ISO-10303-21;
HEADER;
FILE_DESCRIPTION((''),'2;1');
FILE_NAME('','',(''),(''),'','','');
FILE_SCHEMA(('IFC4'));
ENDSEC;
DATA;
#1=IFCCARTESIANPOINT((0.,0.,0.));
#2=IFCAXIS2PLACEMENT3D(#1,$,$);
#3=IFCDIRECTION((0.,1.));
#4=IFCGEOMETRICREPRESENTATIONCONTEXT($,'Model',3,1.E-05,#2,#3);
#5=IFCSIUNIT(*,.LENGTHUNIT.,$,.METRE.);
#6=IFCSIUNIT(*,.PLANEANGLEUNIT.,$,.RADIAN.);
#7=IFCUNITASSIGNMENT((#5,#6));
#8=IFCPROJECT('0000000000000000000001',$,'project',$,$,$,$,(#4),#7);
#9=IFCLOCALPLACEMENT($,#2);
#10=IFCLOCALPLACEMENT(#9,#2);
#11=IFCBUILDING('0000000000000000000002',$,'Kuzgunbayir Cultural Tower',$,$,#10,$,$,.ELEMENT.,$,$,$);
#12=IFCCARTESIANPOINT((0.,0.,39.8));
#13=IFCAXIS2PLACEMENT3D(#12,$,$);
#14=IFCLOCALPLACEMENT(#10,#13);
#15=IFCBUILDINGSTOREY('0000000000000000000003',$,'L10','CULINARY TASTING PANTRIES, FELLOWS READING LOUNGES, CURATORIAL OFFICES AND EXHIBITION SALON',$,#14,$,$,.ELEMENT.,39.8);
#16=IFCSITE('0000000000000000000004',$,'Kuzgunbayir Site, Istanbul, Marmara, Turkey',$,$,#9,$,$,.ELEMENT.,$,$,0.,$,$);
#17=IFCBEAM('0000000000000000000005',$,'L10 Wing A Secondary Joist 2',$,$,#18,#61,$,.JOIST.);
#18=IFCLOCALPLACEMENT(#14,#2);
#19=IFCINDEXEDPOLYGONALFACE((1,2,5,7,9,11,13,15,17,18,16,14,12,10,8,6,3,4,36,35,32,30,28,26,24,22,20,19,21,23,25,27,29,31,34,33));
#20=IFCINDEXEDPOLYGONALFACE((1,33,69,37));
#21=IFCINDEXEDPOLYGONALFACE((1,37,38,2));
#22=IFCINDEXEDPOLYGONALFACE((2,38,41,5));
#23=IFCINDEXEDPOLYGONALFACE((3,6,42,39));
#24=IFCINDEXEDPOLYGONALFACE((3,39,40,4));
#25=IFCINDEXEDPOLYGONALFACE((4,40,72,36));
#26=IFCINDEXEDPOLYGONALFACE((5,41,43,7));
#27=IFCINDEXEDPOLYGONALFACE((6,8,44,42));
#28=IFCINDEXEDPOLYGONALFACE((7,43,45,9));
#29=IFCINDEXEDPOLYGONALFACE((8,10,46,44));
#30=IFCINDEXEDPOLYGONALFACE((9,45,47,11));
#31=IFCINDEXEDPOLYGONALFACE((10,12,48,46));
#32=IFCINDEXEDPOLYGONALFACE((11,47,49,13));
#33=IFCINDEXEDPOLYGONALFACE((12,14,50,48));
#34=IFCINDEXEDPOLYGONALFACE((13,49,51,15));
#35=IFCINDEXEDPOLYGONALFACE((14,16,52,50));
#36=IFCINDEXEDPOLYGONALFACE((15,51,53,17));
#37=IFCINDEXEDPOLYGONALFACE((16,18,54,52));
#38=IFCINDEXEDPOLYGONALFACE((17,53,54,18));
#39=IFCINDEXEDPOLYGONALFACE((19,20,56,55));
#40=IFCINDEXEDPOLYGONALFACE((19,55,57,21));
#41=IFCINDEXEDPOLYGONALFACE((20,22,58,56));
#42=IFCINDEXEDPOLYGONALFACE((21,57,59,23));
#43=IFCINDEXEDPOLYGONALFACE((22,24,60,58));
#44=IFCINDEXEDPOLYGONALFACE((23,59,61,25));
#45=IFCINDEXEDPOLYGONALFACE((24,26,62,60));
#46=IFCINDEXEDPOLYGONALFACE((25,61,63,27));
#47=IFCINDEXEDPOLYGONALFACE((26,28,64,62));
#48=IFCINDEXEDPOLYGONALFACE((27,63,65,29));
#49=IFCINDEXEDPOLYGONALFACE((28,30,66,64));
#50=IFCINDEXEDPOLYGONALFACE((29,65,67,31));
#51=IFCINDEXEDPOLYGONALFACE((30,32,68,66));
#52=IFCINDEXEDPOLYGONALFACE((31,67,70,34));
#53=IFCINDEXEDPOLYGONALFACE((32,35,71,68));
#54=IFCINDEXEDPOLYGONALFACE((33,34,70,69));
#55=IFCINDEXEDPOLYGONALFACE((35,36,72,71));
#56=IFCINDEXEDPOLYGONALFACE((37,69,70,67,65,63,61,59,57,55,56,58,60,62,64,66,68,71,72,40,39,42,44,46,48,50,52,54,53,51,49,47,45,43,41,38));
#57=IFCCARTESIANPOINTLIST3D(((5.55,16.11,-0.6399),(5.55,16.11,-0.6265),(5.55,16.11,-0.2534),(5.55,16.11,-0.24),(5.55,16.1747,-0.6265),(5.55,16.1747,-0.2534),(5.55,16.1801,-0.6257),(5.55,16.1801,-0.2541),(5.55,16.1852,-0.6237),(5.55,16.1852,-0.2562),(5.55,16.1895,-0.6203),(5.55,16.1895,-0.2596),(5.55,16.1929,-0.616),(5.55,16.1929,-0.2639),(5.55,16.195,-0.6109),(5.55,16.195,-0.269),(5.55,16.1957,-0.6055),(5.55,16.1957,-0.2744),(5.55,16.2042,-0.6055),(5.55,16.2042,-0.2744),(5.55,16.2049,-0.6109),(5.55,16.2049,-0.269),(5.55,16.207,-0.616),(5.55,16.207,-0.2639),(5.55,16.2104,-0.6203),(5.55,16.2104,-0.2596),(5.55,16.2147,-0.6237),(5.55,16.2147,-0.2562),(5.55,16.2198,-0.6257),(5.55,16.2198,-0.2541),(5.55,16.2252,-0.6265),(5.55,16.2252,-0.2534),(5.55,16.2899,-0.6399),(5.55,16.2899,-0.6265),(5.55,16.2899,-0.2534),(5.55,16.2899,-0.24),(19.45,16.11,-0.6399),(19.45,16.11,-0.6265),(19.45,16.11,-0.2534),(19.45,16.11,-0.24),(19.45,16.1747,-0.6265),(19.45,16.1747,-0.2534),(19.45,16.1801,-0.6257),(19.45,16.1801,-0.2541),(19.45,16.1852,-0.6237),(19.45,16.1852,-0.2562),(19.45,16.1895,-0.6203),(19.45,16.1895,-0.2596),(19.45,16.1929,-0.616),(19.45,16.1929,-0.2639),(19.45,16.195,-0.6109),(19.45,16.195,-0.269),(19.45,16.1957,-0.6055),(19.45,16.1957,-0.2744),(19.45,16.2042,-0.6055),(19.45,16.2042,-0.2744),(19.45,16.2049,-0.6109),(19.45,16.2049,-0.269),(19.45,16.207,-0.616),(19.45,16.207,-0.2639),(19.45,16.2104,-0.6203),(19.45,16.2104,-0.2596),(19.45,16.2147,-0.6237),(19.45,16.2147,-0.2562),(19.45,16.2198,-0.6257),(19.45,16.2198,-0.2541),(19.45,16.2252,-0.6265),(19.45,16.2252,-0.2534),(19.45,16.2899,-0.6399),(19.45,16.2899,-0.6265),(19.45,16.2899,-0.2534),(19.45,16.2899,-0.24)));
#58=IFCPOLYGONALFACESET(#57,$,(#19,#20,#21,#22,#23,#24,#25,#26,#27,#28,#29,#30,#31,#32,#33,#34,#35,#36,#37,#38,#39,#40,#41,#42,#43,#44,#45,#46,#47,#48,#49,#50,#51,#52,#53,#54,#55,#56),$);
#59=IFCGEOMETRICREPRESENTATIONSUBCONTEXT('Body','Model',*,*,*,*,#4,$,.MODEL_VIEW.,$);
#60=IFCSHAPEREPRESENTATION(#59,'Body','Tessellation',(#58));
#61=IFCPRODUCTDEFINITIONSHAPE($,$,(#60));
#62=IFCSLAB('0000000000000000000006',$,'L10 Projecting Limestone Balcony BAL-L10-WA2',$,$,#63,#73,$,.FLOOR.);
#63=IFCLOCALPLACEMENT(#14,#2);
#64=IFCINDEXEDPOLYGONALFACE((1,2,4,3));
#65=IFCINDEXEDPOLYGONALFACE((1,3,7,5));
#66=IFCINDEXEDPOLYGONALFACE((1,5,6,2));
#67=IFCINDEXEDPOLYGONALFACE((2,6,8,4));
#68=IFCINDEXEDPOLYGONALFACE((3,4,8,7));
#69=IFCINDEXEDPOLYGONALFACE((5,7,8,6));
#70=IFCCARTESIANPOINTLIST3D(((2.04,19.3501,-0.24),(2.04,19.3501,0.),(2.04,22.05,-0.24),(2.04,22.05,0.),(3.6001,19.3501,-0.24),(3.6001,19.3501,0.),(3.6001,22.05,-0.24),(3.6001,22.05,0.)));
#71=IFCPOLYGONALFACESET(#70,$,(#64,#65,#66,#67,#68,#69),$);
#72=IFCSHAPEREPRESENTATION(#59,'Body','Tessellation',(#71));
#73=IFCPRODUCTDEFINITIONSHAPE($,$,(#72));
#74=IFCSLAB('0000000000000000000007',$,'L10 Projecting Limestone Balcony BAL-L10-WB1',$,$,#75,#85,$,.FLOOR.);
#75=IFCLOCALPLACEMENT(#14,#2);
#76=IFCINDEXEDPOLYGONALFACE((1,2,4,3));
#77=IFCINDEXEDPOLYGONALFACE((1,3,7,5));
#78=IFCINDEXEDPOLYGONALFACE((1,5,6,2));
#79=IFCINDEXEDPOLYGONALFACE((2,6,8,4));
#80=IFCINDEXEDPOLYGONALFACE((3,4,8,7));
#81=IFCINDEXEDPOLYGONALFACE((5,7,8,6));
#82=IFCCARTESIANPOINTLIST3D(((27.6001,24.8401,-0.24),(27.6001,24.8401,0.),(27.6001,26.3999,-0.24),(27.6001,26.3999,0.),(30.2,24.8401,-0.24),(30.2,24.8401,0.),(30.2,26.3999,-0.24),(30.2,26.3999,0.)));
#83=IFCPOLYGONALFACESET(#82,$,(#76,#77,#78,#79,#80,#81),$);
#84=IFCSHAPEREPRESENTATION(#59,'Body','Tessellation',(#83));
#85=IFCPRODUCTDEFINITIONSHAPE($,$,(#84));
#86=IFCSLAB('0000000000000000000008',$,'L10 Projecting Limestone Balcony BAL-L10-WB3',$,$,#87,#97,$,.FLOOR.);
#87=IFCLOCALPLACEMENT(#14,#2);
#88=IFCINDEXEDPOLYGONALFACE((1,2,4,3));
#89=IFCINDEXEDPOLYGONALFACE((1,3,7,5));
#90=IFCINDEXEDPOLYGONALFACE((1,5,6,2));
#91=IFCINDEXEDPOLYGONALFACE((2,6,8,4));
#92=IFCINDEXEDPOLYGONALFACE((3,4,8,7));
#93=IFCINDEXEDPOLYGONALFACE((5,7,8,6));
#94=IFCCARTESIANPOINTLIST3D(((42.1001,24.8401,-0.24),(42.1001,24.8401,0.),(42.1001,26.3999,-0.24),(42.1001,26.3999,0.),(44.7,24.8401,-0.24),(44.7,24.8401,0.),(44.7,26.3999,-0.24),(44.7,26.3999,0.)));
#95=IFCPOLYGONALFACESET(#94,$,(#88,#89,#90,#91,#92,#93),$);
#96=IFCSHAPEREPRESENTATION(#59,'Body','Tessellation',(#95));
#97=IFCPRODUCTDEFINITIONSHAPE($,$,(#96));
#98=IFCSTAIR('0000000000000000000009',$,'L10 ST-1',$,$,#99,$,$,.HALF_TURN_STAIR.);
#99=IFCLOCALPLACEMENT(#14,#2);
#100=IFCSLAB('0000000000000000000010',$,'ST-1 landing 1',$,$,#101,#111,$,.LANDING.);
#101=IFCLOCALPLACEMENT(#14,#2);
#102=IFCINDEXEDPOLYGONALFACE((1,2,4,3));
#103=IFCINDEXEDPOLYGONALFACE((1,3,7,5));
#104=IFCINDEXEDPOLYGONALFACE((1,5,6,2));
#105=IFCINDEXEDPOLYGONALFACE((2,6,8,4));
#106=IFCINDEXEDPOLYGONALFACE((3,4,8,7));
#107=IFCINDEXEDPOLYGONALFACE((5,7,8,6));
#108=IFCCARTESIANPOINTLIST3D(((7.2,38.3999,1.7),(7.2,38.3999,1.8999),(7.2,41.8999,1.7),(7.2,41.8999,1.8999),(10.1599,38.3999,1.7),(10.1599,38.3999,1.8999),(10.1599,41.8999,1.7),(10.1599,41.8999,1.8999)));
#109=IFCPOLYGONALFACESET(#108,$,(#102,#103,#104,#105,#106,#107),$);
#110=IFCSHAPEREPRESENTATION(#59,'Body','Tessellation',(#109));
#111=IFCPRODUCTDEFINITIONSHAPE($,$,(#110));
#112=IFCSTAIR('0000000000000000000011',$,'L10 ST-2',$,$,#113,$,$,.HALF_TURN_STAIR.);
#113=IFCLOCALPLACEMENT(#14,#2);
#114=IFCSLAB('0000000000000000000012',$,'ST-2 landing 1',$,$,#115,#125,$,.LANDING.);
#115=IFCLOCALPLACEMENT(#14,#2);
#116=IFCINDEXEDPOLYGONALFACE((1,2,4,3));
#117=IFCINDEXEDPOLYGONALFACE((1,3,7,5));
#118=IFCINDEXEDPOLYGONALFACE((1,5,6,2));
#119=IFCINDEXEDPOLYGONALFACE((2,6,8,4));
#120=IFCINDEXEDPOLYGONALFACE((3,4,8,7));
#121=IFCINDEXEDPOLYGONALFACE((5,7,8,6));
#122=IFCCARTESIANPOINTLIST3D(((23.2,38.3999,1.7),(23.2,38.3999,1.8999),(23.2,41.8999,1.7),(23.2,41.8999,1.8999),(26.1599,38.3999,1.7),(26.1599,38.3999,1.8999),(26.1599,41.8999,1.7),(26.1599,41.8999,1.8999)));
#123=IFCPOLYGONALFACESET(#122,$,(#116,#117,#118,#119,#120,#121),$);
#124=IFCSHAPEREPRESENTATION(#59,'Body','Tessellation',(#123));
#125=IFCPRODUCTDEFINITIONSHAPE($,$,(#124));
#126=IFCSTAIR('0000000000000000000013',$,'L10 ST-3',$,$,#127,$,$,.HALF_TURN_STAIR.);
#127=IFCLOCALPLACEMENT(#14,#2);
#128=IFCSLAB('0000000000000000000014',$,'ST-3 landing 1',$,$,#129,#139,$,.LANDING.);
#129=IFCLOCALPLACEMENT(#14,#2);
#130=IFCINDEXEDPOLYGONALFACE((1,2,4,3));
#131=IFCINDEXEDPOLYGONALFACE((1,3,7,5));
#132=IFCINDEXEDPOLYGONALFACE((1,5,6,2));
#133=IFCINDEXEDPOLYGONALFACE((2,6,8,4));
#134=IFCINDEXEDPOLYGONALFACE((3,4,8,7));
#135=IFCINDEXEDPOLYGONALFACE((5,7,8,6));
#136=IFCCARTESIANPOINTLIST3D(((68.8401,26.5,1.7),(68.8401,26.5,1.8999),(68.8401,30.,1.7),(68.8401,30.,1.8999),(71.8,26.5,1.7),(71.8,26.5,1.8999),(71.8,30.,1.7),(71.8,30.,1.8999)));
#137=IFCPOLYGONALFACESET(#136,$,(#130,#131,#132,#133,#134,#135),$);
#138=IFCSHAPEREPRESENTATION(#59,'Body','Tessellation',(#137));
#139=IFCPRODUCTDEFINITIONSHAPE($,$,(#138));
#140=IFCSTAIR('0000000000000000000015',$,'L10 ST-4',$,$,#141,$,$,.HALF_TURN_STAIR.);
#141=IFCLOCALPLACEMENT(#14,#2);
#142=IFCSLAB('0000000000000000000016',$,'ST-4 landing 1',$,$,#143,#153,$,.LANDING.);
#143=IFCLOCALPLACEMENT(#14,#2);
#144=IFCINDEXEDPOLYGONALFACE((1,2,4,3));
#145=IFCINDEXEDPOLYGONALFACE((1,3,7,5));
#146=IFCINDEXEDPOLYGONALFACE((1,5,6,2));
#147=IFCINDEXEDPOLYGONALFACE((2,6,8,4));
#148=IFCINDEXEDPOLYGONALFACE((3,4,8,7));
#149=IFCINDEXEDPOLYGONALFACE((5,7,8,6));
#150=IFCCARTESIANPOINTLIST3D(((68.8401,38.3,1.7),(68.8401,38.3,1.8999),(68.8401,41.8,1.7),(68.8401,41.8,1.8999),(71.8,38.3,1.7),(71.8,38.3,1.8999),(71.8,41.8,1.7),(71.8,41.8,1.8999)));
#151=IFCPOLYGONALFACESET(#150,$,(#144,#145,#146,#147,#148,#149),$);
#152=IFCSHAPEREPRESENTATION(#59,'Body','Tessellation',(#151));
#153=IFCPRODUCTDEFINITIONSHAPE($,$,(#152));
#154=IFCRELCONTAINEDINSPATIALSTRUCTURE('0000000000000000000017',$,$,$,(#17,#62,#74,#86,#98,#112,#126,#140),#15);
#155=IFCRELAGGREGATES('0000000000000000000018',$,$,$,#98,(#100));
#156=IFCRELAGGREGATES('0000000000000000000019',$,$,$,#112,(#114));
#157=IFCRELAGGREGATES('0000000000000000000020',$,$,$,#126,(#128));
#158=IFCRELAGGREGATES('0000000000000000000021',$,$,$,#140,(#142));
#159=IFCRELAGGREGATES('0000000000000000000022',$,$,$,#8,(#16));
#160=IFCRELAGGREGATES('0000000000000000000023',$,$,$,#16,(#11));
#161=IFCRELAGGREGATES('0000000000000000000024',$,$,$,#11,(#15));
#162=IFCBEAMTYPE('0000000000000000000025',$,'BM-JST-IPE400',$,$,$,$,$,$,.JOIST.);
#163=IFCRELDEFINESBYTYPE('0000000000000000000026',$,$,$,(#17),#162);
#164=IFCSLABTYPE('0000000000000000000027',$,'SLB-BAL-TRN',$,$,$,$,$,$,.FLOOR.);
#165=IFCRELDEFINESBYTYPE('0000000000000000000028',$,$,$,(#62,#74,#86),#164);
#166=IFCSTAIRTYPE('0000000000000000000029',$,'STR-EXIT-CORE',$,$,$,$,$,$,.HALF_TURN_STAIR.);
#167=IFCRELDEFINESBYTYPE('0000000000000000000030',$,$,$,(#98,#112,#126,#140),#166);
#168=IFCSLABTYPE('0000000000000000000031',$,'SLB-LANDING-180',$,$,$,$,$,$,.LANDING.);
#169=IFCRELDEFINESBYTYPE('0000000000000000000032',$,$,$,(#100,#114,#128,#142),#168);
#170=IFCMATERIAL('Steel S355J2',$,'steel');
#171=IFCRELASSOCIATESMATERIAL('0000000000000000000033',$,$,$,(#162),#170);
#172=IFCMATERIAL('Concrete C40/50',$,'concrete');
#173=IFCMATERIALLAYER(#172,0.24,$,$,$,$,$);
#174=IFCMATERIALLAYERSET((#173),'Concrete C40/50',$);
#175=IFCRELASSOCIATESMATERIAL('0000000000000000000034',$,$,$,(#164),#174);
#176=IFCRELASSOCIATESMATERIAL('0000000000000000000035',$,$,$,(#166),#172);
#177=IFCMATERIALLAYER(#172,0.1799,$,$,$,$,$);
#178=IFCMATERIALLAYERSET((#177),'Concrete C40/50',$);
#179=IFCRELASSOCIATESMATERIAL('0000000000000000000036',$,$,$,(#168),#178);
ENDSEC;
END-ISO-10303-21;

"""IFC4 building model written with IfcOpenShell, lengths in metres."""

from ifc_helpers import new_model, si_unit, direction, frame, origin, origin_2d, place, context, subcontext, project, spatial, polyline, i_section, outline, extrude, material, layer, layer_set, material_profile, profile_set, type_object, element, aggregate, save


model = new_model("IFC4")

# Units and contexts
model_context = context("Model", 3, precision=1e-05, world=origin(), true_north=direction((0.0, 1.0)))
body_context = subcontext(model_context, "Body", "Model", "MODEL_VIEW")
ifc_project = project(units=[si_unit("LENGTHUNIT", "METRE"), si_unit("PLANEANGLEUNIT", "RADIAN")], contexts=[model_context])

# Site, building, storey
site_placement = place(None, origin())
site = spatial("IfcSite", under=ifc_project, at=site_placement, Name="Kuzgunbayir Site, Istanbul, Marmara, Turkey", CompositionType="ELEMENT", RefElevation=0.0)
building_placement = place(site_placement, origin())
building = spatial("IfcBuilding", under=site, at=building_placement, Name="Kuzgunbayir Cultural Tower", CompositionType="ELEMENT")
storey_placement = place(building_placement, frame((0.0, 0.0, 39.8)))
storey = spatial("IfcBuildingStorey", under=building, at=storey_placement, Name="L10", Description="CULINARY TASTING PANTRIES, FELLOWS READING LOUNGES, CURATORIAL OFFICES AND EXHIBITION SALON", CompositionType="ELEMENT", Elevation=39.8)

# Beam
ifc_material_1 = material(Name="Steel S355J2", Category="steel")
ifc_material_profile_1 = material_profile(ifc_material_1, i_section(OverallWidth=0.1799, OverallDepth=0.3999, WebThickness=0.0085, FlangeThickness=0.0134, FilletRadius=0.021, at=origin_2d()), Name="IPE 400")
ifc_profile_set_1 = profile_set([ifc_material_profile_1], Name="Steel S355J2")
beam_type_1 = type_object("IfcBeamType", Name="BM-JST-IPE400", PredefinedType="JOIST", material=ifc_profile_set_1)
for number, where, z_axis, x_axis, name in (
    (1, (5.55, 16.2, -0.4399), (1.0, 0.0, 0.0), (0.0, 1.0, 0.0), "L10 Wing A Secondary Joist 2"),
):
    element("IfcBeam", number, at=place(storey_placement, frame(where, z_axis=z_axis, x_axis=x_axis)), inside=storey, type_object=beam_type_1, Name=name, PredefinedType="JOIST", context=body_context, shape_type="SweptSolid", body=[
        extrude(i_section(OverallWidth=0.1799, OverallDepth=0.3999, WebThickness=0.0085, FlangeThickness=0.0134, FilletRadius=0.021, at=origin_2d()), origin(), (0.0, 0.0, 1.0), 13.8999),
    ])

# Slabs
ifc_material_2 = material(Name="Concrete C40/50", Category="concrete")
ifc_layer_1 = layer(ifc_material_2, 0.24)
ifc_layer_set_1 = layer_set([ifc_layer_1], Name="Concrete C40/50")
slab_type_1 = type_object("IfcSlabType", Name="SLB-BAL-TRN", PredefinedType="FLOOR", material=ifc_layer_set_1)
slab_1_placement = place(storey_placement, frame((0.0, 0.0, -0.24)))
element("IfcSlab", 2, at=slab_1_placement, inside=storey, type_object=slab_type_1, Name="L10 Projecting Limestone Balcony BAL-L10-WA2", PredefinedType="FLOOR", context=body_context, shape_type="SweptSolid", body=[
    extrude(outline(polyline([(2.04, 19.3501), (3.6001, 19.3501), (3.6001, 22.05), (2.04, 22.05), (2.04, 19.3501)])), origin(), (0.0, 0.0, 1.0), 0.24),
])
slab_2_placement = place(storey_placement, frame((0.0, 0.0, -0.24)))
element("IfcSlab", 3, at=slab_2_placement, inside=storey, type_object=slab_type_1, Name="L10 Projecting Limestone Balcony BAL-L10-WB1", PredefinedType="FLOOR", context=body_context, shape_type="SweptSolid", body=[
    extrude(outline(polyline([(27.6001, 24.8401), (30.2, 24.8401), (30.2, 26.3999), (27.6001, 26.3999), (27.6001, 24.8401)])), origin(), (0.0, 0.0, 1.0), 0.24),
])
slab_3_placement = place(storey_placement, frame((0.0, 0.0, -0.24)))
element("IfcSlab", 4, at=slab_3_placement, inside=storey, type_object=slab_type_1, Name="L10 Projecting Limestone Balcony BAL-L10-WB3", PredefinedType="FLOOR", context=body_context, shape_type="SweptSolid", body=[
    extrude(outline(polyline([(42.1001, 24.8401), (44.7, 24.8401), (44.7, 26.3999), (42.1001, 26.3999), (42.1001, 24.8401)])), origin(), (0.0, 0.0, 1.0), 0.24),
])

# Stairs, slabs
stair_type = type_object("IfcStairType", Name="STR-EXIT-CORE", PredefinedType="HALF_TURN_STAIR", material=ifc_material_2)
stair_1_placement = place(storey_placement, origin())
stair_1 = element("IfcStair", 5, at=stair_1_placement, inside=storey, type_object=stair_type, Name="L10 ST-1", PredefinedType="HALF_TURN_STAIR")
ifc_layer_2 = layer(ifc_material_2, 0.1799)
ifc_layer_set_2 = layer_set([ifc_layer_2], Name="Concrete C40/50")
slab_type_2 = type_object("IfcSlabType", Name="SLB-LANDING-180", PredefinedType="LANDING", material=ifc_layer_set_2)
slab_4_placement = place(storey_placement, frame((0.0, 0.0, 1.7)))
slab_4 = element("IfcSlab", 6, at=slab_4_placement, type_object=slab_type_2, Name="ST-1 landing 1", PredefinedType="LANDING", context=body_context, shape_type="SweptSolid", body=[
    extrude(outline(polyline([(10.1599, 38.3999), (10.1599, 41.8999), (7.2, 41.8999), (7.2, 38.3999), (10.1599, 38.3999)])), origin(), (0.0, 0.0, 1.0), 0.2),
])
aggregate(stair_1, [slab_4])
stair_2_placement = place(storey_placement, origin())
stair_2 = element("IfcStair", 7, at=stair_2_placement, inside=storey, type_object=stair_type, Name="L10 ST-2", PredefinedType="HALF_TURN_STAIR")
slab_5_placement = place(storey_placement, frame((0.0, 0.0, 1.7)))
slab_5 = element("IfcSlab", 8, at=slab_5_placement, type_object=slab_type_2, Name="ST-2 landing 1", PredefinedType="LANDING", context=body_context, shape_type="SweptSolid", body=[
    extrude(outline(polyline([(26.1599, 38.3999), (26.1599, 41.8999), (23.2, 41.8999), (23.2, 38.3999), (26.1599, 38.3999)])), origin(), (0.0, 0.0, 1.0), 0.2),
])
aggregate(stair_2, [slab_5])
stair_3_placement = place(storey_placement, origin())
stair_3 = element("IfcStair", 9, at=stair_3_placement, inside=storey, type_object=stair_type, Name="L10 ST-3", PredefinedType="HALF_TURN_STAIR")
slab_6_placement = place(storey_placement, frame((0.0, 0.0, 1.7)))
slab_6 = element("IfcSlab", 10, at=slab_6_placement, type_object=slab_type_2, Name="ST-3 landing 1", PredefinedType="LANDING", context=body_context, shape_type="SweptSolid", body=[
    extrude(outline(polyline([(71.8, 26.5), (71.8, 30.0), (68.8401, 30.0), (68.8401, 26.5), (71.8, 26.5)])), origin(), (0.0, 0.0, 1.0), 0.2),
])
aggregate(stair_3, [slab_6])
stair_4_placement = place(storey_placement, origin())
stair_4 = element("IfcStair", 11, at=stair_4_placement, inside=storey, type_object=stair_type, Name="L10 ST-4", PredefinedType="HALF_TURN_STAIR")
slab_7_placement = place(storey_placement, frame((0.0, 0.0, 1.7)))
slab_7 = element("IfcSlab", 12, at=slab_7_placement, type_object=slab_type_2, Name="ST-4 landing 1", PredefinedType="LANDING", context=body_context, shape_type="SweptSolid", body=[
    extrude(outline(polyline([(71.8, 38.3), (71.8, 41.8), (68.8401, 41.8), (68.8401, 38.3), (71.8, 38.3)])), origin(), (0.0, 0.0, 1.0), 0.2),
])
aggregate(stair_4, [slab_7])

save(model, "model.ifc")
